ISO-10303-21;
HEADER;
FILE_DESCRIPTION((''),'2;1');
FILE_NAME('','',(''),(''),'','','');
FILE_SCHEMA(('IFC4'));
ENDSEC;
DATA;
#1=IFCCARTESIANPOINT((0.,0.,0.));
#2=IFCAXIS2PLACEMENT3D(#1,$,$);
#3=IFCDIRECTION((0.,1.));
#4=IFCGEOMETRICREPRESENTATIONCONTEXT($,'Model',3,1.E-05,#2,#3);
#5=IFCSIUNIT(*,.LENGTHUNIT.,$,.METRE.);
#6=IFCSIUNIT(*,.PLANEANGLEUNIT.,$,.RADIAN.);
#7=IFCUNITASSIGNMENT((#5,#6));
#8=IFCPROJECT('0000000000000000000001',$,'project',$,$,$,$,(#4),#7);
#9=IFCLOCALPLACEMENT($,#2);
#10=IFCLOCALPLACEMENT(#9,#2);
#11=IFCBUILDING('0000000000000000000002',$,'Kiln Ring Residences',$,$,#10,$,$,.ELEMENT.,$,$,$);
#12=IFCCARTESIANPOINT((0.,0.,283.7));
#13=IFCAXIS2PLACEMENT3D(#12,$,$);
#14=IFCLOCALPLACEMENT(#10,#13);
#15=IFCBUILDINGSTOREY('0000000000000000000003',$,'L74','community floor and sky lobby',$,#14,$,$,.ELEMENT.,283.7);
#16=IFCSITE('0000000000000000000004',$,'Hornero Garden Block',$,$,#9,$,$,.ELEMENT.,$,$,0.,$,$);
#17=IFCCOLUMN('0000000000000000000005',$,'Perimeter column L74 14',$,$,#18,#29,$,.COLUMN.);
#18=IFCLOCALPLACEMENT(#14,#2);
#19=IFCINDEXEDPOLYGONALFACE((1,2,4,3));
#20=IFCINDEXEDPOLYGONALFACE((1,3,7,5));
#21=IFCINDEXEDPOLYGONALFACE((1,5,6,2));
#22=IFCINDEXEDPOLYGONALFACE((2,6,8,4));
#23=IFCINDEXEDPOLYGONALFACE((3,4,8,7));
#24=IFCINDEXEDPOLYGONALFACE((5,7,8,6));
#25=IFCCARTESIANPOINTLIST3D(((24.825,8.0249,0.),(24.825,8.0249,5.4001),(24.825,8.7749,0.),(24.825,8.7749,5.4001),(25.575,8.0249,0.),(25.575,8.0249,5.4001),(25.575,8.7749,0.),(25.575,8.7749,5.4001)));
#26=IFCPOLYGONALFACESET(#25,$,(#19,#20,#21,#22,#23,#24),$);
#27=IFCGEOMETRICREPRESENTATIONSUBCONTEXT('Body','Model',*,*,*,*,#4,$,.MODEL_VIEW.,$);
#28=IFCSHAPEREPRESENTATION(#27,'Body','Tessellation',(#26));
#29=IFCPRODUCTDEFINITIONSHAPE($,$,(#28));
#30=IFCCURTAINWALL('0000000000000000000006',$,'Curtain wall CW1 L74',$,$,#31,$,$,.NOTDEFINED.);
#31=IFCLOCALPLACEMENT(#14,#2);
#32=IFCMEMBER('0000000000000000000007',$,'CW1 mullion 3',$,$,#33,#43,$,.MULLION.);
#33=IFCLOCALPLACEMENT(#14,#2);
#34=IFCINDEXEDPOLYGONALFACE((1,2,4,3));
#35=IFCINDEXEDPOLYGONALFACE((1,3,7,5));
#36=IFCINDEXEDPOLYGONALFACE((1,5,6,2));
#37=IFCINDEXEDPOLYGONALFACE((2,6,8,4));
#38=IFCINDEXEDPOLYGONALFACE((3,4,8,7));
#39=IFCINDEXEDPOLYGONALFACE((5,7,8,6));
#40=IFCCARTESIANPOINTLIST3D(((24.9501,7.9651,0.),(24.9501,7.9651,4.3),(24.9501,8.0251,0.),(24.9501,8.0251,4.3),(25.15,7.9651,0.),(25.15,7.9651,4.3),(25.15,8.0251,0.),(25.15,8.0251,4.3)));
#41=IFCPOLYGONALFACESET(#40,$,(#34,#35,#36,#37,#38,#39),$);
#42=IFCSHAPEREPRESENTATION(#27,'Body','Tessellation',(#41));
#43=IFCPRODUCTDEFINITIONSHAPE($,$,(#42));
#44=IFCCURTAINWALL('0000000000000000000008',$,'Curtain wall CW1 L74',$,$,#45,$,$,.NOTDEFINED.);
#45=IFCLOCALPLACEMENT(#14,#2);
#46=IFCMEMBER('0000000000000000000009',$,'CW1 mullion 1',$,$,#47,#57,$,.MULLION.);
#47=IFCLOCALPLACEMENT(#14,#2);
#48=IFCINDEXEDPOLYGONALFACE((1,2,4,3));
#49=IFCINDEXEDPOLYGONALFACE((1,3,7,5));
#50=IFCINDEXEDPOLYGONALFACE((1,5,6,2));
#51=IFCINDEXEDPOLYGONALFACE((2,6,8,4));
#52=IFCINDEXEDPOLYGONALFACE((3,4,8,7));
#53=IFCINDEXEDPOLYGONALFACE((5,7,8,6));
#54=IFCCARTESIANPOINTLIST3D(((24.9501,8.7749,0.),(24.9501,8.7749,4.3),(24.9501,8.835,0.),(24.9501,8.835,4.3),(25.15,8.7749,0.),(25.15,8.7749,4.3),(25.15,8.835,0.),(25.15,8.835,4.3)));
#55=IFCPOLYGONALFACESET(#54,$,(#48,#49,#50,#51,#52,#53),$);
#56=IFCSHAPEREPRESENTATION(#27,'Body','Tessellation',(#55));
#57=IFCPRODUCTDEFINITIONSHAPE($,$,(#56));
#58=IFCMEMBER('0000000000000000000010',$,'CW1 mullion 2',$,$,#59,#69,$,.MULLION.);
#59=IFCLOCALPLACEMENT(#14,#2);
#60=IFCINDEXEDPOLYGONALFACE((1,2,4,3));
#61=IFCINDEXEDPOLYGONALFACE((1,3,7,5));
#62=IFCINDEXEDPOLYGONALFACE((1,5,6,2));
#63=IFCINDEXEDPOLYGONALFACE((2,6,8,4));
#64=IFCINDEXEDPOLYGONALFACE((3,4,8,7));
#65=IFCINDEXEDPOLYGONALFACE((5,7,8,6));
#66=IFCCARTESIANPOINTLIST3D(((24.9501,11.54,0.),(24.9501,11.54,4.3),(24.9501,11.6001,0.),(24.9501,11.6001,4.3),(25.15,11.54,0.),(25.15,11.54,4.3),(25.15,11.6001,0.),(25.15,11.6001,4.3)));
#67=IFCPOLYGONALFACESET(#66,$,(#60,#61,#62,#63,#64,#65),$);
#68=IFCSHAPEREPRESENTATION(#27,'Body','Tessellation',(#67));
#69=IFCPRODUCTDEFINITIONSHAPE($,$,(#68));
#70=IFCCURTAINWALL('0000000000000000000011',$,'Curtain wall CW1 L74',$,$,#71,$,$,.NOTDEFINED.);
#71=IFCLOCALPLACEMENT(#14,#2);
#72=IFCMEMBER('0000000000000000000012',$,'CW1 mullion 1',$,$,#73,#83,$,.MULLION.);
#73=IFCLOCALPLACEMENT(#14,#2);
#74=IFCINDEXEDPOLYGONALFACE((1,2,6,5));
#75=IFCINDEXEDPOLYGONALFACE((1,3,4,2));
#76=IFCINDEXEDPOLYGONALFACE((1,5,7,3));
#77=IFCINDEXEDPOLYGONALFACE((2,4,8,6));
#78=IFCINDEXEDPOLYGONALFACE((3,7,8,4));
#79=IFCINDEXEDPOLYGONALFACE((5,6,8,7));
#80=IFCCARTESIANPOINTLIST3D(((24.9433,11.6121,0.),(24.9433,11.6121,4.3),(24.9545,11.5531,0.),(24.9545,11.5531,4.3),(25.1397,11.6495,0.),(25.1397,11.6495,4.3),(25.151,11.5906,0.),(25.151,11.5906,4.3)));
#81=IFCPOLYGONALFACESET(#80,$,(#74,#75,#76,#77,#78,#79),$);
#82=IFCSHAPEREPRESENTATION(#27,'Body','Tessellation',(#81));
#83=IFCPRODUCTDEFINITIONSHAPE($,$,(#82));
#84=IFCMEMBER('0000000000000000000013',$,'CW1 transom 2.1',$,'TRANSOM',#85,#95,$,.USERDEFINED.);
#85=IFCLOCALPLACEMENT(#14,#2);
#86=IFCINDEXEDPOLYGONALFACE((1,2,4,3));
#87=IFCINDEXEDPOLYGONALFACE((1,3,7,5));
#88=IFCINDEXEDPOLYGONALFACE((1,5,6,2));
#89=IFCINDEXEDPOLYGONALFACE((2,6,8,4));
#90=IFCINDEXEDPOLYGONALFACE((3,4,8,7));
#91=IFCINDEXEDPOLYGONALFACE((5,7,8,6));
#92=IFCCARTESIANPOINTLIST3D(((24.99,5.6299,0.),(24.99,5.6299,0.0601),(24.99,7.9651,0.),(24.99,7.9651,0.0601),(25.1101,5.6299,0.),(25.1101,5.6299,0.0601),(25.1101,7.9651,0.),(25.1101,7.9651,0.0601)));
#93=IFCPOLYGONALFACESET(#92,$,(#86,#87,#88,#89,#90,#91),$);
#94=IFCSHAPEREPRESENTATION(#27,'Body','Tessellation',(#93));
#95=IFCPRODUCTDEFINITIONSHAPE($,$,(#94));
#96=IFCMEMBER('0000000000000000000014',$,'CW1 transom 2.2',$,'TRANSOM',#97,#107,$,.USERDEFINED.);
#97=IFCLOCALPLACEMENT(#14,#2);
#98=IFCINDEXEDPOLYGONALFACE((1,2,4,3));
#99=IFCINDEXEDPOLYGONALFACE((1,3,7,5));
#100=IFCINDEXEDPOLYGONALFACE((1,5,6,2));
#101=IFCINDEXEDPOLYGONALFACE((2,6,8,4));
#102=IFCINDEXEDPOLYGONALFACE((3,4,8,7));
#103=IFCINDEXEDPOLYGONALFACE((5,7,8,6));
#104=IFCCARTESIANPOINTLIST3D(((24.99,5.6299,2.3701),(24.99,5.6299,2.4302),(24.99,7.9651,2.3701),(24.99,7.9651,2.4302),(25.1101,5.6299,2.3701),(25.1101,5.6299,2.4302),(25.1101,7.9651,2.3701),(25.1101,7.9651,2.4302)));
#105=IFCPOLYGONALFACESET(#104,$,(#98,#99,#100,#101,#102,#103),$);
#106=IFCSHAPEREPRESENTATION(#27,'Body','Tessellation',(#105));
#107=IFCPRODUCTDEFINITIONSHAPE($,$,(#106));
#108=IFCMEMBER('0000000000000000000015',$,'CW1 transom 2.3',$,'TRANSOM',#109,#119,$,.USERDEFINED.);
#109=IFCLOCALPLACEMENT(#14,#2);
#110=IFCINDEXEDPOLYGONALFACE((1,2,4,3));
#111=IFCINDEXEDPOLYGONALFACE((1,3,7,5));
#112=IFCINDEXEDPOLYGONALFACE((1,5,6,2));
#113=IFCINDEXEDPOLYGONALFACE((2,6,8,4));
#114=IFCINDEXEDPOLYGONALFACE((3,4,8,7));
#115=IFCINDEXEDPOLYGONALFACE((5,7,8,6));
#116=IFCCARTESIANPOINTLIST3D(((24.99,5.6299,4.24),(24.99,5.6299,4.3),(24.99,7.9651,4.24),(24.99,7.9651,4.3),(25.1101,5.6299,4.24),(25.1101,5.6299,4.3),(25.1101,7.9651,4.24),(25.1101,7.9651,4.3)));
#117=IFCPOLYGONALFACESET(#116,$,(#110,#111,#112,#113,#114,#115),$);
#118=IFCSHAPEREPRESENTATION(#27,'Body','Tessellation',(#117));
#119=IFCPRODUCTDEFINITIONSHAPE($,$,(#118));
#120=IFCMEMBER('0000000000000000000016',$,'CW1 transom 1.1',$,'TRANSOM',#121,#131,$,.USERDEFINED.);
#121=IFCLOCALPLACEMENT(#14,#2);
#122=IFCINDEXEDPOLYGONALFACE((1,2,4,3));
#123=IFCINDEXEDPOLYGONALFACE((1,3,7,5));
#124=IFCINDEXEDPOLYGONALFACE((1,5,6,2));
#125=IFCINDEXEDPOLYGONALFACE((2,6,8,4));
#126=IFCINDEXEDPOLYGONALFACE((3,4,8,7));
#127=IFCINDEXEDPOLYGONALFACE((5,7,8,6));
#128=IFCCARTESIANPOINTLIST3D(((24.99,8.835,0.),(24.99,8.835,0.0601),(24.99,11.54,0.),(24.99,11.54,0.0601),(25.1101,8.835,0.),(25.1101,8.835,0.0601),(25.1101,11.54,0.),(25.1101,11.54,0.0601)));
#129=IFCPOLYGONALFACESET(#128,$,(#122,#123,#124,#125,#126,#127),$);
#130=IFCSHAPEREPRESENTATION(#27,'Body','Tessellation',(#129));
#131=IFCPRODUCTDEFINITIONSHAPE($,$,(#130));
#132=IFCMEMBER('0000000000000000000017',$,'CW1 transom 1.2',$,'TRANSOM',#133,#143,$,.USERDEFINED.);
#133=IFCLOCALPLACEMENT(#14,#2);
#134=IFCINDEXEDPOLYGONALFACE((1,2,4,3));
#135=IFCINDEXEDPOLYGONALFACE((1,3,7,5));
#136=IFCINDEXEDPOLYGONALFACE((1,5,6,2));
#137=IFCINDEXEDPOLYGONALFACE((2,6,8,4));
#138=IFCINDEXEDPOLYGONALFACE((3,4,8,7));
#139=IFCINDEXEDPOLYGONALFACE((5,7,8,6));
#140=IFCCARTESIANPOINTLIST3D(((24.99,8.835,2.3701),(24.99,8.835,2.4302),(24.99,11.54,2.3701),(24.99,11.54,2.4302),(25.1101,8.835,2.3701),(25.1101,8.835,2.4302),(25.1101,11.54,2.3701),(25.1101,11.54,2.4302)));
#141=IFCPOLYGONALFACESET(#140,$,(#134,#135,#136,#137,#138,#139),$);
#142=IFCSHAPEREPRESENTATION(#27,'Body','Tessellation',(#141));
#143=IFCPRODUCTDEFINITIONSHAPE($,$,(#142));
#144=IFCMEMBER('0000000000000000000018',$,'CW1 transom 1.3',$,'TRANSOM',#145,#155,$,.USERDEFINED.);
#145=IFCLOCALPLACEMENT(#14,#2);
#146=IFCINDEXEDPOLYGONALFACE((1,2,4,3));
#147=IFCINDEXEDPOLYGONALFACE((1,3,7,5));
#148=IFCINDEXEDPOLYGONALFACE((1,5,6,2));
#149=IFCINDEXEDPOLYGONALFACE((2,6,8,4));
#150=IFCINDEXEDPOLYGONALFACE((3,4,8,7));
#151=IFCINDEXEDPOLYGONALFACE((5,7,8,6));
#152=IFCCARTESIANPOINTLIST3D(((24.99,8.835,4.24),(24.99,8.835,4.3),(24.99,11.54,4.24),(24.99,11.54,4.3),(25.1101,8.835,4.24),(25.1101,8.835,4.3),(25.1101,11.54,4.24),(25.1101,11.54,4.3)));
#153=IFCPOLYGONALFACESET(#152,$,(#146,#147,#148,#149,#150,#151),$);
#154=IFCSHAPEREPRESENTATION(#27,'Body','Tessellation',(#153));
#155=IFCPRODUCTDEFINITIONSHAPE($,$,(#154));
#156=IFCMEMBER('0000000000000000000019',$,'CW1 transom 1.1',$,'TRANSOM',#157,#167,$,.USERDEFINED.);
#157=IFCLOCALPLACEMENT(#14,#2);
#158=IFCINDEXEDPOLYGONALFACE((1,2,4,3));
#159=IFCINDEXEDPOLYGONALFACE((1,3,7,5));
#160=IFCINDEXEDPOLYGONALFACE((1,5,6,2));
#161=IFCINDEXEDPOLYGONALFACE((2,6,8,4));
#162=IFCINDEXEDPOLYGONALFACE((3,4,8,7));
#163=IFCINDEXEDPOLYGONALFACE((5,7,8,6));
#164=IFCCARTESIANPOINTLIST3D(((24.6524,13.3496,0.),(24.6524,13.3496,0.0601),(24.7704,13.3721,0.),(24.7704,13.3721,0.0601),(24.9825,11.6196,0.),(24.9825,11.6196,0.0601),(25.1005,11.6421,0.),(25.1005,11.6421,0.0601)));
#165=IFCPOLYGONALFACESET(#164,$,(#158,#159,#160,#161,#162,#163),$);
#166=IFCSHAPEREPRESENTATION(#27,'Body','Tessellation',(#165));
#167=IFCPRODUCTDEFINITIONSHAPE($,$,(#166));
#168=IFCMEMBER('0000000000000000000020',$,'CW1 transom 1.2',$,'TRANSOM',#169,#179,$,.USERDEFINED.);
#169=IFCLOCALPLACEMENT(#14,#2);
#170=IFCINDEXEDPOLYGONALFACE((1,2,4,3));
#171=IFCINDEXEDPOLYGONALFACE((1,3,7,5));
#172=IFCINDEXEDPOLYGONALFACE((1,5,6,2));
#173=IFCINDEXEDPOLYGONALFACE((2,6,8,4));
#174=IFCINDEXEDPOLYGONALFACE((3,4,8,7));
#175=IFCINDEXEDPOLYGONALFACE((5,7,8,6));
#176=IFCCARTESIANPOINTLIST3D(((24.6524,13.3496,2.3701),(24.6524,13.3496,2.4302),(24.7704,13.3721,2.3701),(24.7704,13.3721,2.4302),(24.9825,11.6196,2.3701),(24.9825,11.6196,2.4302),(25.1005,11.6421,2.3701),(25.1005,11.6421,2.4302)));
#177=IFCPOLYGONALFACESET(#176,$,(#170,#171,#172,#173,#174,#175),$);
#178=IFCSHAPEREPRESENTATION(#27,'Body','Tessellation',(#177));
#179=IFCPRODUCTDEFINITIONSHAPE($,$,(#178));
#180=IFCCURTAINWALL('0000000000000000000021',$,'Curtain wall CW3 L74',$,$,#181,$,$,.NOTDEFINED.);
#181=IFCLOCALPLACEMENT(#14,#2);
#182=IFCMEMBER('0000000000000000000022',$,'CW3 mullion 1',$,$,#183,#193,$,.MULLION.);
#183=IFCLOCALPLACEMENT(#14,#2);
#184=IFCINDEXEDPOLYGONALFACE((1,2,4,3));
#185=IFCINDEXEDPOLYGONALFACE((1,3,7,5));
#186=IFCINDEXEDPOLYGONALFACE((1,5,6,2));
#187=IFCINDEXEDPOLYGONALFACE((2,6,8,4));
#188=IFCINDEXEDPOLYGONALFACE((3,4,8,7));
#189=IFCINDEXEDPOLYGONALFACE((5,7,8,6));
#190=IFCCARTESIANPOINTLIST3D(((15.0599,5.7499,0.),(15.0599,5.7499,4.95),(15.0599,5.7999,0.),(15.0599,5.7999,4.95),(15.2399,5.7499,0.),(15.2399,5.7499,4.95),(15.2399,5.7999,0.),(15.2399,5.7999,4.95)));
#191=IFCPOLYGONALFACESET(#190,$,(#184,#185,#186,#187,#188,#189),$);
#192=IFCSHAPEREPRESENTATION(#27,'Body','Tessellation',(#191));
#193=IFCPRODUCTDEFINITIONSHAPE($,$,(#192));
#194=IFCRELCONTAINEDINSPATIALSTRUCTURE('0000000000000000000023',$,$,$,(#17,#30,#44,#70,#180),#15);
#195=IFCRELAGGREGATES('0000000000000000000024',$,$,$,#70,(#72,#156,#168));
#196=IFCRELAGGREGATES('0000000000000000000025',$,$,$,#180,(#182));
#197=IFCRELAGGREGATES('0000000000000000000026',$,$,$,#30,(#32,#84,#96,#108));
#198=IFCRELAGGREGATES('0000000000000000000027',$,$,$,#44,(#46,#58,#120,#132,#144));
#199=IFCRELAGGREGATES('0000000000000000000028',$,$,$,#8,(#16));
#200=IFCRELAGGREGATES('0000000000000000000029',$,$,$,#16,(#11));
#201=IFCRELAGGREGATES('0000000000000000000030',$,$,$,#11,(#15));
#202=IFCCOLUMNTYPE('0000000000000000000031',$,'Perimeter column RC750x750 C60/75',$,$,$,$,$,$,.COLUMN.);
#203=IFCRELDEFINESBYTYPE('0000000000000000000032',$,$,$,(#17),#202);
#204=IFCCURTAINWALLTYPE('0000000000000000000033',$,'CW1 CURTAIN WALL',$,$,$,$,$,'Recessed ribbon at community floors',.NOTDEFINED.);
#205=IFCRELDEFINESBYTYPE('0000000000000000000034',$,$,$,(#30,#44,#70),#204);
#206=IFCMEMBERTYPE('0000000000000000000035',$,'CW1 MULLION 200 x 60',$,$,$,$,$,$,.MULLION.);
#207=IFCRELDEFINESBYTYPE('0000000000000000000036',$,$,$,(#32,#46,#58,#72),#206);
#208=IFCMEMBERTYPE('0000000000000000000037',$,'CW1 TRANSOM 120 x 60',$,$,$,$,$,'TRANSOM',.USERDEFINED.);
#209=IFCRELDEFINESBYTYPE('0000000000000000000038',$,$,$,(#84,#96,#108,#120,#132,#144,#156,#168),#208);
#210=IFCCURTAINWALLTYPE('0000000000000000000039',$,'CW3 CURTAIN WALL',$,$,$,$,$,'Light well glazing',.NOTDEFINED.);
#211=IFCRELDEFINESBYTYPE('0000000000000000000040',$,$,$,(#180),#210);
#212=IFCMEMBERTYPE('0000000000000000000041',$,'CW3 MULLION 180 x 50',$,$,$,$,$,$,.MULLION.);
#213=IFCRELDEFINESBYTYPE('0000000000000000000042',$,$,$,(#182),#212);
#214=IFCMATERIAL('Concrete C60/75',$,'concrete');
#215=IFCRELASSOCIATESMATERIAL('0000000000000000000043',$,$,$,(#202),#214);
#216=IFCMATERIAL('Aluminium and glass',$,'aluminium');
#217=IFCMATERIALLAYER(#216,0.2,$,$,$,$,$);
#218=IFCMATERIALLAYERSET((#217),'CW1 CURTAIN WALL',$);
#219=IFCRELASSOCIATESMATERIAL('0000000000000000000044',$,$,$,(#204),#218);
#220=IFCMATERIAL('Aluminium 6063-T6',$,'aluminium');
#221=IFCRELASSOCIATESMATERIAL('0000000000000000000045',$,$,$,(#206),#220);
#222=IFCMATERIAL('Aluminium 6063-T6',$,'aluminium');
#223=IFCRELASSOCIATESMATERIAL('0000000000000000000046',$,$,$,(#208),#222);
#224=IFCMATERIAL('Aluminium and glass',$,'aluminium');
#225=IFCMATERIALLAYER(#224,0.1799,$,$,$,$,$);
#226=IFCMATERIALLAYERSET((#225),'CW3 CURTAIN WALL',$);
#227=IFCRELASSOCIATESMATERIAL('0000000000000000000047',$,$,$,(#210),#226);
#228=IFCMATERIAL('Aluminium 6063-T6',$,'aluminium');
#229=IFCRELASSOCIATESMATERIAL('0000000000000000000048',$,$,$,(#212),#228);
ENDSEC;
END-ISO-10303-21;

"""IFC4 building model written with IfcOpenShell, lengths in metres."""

from ifc_helpers import new_model, si_unit, direction, frame, origin, origin_2d, place, context, subcontext, project, spatial, rectangle, extrude, material, layer, layer_set, material_profile, profile_set, type_object, element, aggregate, save


model = new_model("IFC4")

# Units and contexts
model_context = context("Model", 3, precision=1e-05, world=origin(), true_north=direction((0.0, 1.0)))
body_context = subcontext(model_context, "Body", "Model", "MODEL_VIEW")
ifc_project = project(units=[si_unit("LENGTHUNIT", "METRE"), si_unit("PLANEANGLEUNIT", "RADIAN")], contexts=[model_context])

# Site, building, storey
site_placement = place(None, origin())
site = spatial("IfcSite", under=ifc_project, at=site_placement, Name="Hornero Garden Block", CompositionType="ELEMENT", RefElevation=0.0)
building_placement = place(site_placement, origin())
building = spatial("IfcBuilding", under=site, at=building_placement, Name="Kiln Ring Residences", CompositionType="ELEMENT")
storey_placement = place(building_placement, frame((0.0, 0.0, 283.7)))
storey = spatial("IfcBuildingStorey", under=building, at=storey_placement, Name="L74", Description="community floor and sky lobby", CompositionType="ELEMENT", Elevation=283.7)

# Column
ifc_material_1 = material(Name="Concrete C60/75", Category="concrete")
ifc_material_profile_1 = material_profile(ifc_material_1, rectangle(XDim=0.75, YDim=0.75, at=origin_2d()), Name="RC750x750")
ifc_profile_set_1 = profile_set([ifc_material_profile_1], Name="Concrete C60/75")
column_type = type_object("IfcColumnType", Name="Perimeter column RC750x750 C60/75", PredefinedType="COLUMN", material=ifc_profile_set_1)
column_placement = place(storey_placement, frame((25.2, 8.3999, 0.0), z_axis=(0.0, 0.0, 1.0), x_axis=(1.0, 0.0, 0.0)))
element("IfcColumn", 1, at=column_placement, inside=storey, type_object=column_type, Name="Perimeter column L74 14", PredefinedType="COLUMN", context=body_context, shape_type="SweptSolid", body=[
    extrude(rectangle(XDim=0.75, YDim=0.75, at=origin_2d()), origin(), (0.0, 0.0, 1.0), 5.4001),
])

# Curtain wall, member
ifc_material_2 = material(Name="Aluminium and glass", Category="aluminium")
ifc_layer_1 = layer(ifc_material_2, 0.2)
ifc_layer_set_1 = layer_set([ifc_layer_1], Name="CW1 CURTAIN WALL")
curtain_wall_type_1 = type_object("IfcCurtainWallType", Name="CW1 CURTAIN WALL", ElementType="Recessed ribbon at community floors", PredefinedType="NOTDEFINED", material=ifc_layer_set_1)
placement = place(storey_placement, origin())
curtain_wall_1 = element("IfcCurtainWall", 2, at=placement, inside=storey, type_object=curtain_wall_type_1, Name="Curtain wall CW1 L74", PredefinedType="NOTDEFINED")
ifc_material_3 = material(Name="Aluminium 6063-T6", Category="aluminium")
ifc_material_profile_2 = material_profile(ifc_material_3, rectangle(XDim=0.2, YDim=0.0601, at=origin_2d()), Name="AL 200x60")
ifc_profile_set_2 = profile_set([ifc_material_profile_2], Name="Aluminium 6063-T6")
member_type_1 = type_object("IfcMemberType", Name="CW1 MULLION 200 x 60", PredefinedType="MULLION", material=ifc_profile_set_2)
member_1_placement = place(storey_placement, frame((25.05, 7.9951, 0.0), z_axis=(0.0, 0.0, 1.0), x_axis=(-1.0, 0.0, 0.0)))
member_1 = element("IfcMember", 3, at=member_1_placement, type_object=member_type_1, Name="CW1 mullion 3", PredefinedType="MULLION", context=body_context, shape_type="SweptSolid", body=[
    extrude(rectangle(XDim=0.2, YDim=0.0601, at=origin_2d()), origin(), (0.0, 0.0, 1.0), 4.3),
])

# Curtain wall, members
curtain_wall_2 = element("IfcCurtainWall", 4, at=placement, inside=storey, type_object=curtain_wall_type_1, Name="Curtain wall CW1 L74", PredefinedType="NOTDEFINED")
member_2_placement = place(storey_placement, frame((25.05, 8.8049, 0.0), z_axis=(0.0, 0.0, 1.0), x_axis=(-1.0, 0.0, 0.0)))
member_2 = element("IfcMember", 5, at=member_2_placement, type_object=member_type_1, Name="CW1 mullion 1", PredefinedType="MULLION", context=body_context, shape_type="SweptSolid", body=[
    extrude(rectangle(XDim=0.2, YDim=0.0601, at=origin_2d()), origin(), (0.0, 0.0, 1.0), 4.3),
])
member_3_placement = place(storey_placement, frame((25.05, 11.5701, 0.0), z_axis=(0.0, 0.0, 1.0), x_axis=(-1.0, 0.0, 0.0)))
member_3 = element("IfcMember", 6, at=member_3_placement, type_object=member_type_1, Name="CW1 mullion 2", PredefinedType="MULLION", context=body_context, shape_type="SweptSolid", body=[
    extrude(rectangle(XDim=0.2, YDim=0.0601, at=origin_2d()), origin(), (0.0, 0.0, 1.0), 4.3),
])

# Curtain wall, member
curtain_wall_3 = element("IfcCurtainWall", 7, at=placement, inside=storey, type_object=curtain_wall_type_1, Name="Curtain wall CW1 L74", PredefinedType="NOTDEFINED")
member_4_placement = place(storey_placement, frame((25.0471, 11.6013, 0.0), z_axis=(0.0, 0.0, 1.0), x_axis=(-0.98229, -0.187366, 0.0)))
member_4 = element("IfcMember", 8, at=member_4_placement, type_object=member_type_1, Name="CW1 mullion 1", PredefinedType="MULLION", context=body_context, shape_type="SweptSolid", body=[
    extrude(rectangle(XDim=0.2, YDim=0.0601, at=origin_2d()), origin(), (0.0, 0.0, 1.0), 4.3),
])

# Members
ifc_material_4 = material(Name="Aluminium 6063-T6", Category="aluminium")
ifc_material_profile_3 = material_profile(ifc_material_4, rectangle(XDim=0.1201, YDim=0.0601, at=origin_2d()), Name="AL 120x60")
ifc_profile_set_3 = profile_set([ifc_material_profile_3], Name="Aluminium 6063-T6")
member_type_2 = type_object("IfcMemberType", Name="CW1 TRANSOM 120 x 60", ElementType="TRANSOM", PredefinedType="USERDEFINED", material=ifc_profile_set_3)
member_5_placement = place(storey_placement, frame((25.05, 5.6299, 0.03), z_axis=(0.0, 1.0, 0.0), x_axis=(-1.0, 0.0, 0.0)))
member_5 = element("IfcMember", 9, at=member_5_placement, type_object=member_type_2, Name="CW1 transom 2.1", ObjectType="TRANSOM", PredefinedType="USERDEFINED", context=body_context, shape_type="SweptSolid", body=[
    extrude(rectangle(XDim=0.1201, YDim=0.0601, at=origin_2d()), origin(), (0.0, 0.0, 1.0), 2.3352),
])
member_6_placement = place(storey_placement, frame((25.05, 5.6299, 2.4001), z_axis=(0.0, 1.0, 0.0), x_axis=(-1.0, 0.0, 0.0)))
member_6 = element("IfcMember", 10, at=member_6_placement, type_object=member_type_2, Name="CW1 transom 2.2", ObjectType="TRANSOM", PredefinedType="USERDEFINED", context=body_context, shape_type="SweptSolid", body=[
    extrude(rectangle(XDim=0.1201, YDim=0.0601, at=origin_2d()), origin(), (0.0, 0.0, 1.0), 2.3352),
])
member_7_placement = place(storey_placement, frame((25.05, 5.6299, 4.27), z_axis=(0.0, 1.0, 0.0), x_axis=(-1.0, 0.0, 0.0)))
member_7 = element("IfcMember", 11, at=member_7_placement, type_object=member_type_2, Name="CW1 transom 2.3", ObjectType="TRANSOM", PredefinedType="USERDEFINED", context=body_context, shape_type="SweptSolid", body=[
    extrude(rectangle(XDim=0.1201, YDim=0.0601, at=origin_2d()), origin(), (0.0, 0.0, 1.0), 2.3352),
])
member_8_placement = place(storey_placement, frame((25.05, 8.835, 0.03), z_axis=(0.0, 1.0, 0.0), x_axis=(-1.0, 0.0, 0.0)))
member_8 = element("IfcMember", 12, at=member_8_placement, type_object=member_type_2, Name="CW1 transom 1.1", ObjectType="TRANSOM", PredefinedType="USERDEFINED", context=body_context, shape_type="SweptSolid", body=[
    extrude(rectangle(XDim=0.1201, YDim=0.0601, at=origin_2d()), origin(), (0.0, 0.0, 1.0), 2.7051),
])
member_9_placement = place(storey_placement, frame((25.05, 8.835, 2.4001), z_axis=(0.0, 1.0, 0.0), x_axis=(-1.0, 0.0, 0.0)))
member_9 = element("IfcMember", 13, at=member_9_placement, type_object=member_type_2, Name="CW1 transom 1.2", ObjectType="TRANSOM", PredefinedType="USERDEFINED", context=body_context, shape_type="SweptSolid", body=[
    extrude(rectangle(XDim=0.1201, YDim=0.0601, at=origin_2d()), origin(), (0.0, 0.0, 1.0), 2.7051),
])
member_10_placement = place(storey_placement, frame((25.05, 8.835, 4.27), z_axis=(0.0, 1.0, 0.0), x_axis=(-1.0, 0.0, 0.0)))
member_10 = element("IfcMember", 14, at=member_10_placement, type_object=member_type_2, Name="CW1 transom 1.3", ObjectType="TRANSOM", PredefinedType="USERDEFINED", context=body_context, shape_type="SweptSolid", body=[
    extrude(rectangle(XDim=0.1201, YDim=0.0601, at=origin_2d()), origin(), (0.0, 0.0, 1.0), 2.7051),
])
member_11_placement = place(storey_placement, frame((25.0415, 11.6309, 0.03), z_axis=(-0.187418, 0.98228, 0.0), x_axis=(-0.98228, -0.187418, 0.0)))
member_11 = element("IfcMember", 15, at=member_11_placement, type_object=member_type_2, Name="CW1 transom 1.1", ObjectType="TRANSOM", PredefinedType="USERDEFINED", context=body_context, shape_type="SweptSolid", body=[
    extrude(rectangle(XDim=0.1201, YDim=0.0601, at=origin_2d()), origin(), (0.0, 0.0, 1.0), 1.7612),
])
member_12_placement = place(storey_placement, frame((25.0415, 11.6309, 2.4001), z_axis=(-0.187418, 0.98228, 0.0), x_axis=(-0.98228, -0.187418, 0.0)))
member_12 = element("IfcMember", 16, at=member_12_placement, type_object=member_type_2, Name="CW1 transom 1.2", ObjectType="TRANSOM", PredefinedType="USERDEFINED", context=body_context, shape_type="SweptSolid", body=[
    extrude(rectangle(XDim=0.1201, YDim=0.0601, at=origin_2d()), origin(), (0.0, 0.0, 1.0), 1.7612),
])
aggregate(curtain_wall_3, [member_4, member_11, member_12])

# Curtain wall, member
ifc_material_5 = material(Name="Aluminium and glass", Category="aluminium")
ifc_layer_2 = layer(ifc_material_5, 0.1799)
ifc_layer_set_2 = layer_set([ifc_layer_2], Name="CW3 CURTAIN WALL")
curtain_wall_type_2 = type_object("IfcCurtainWallType", Name="CW3 CURTAIN WALL", ElementType="Light well glazing", PredefinedType="NOTDEFINED", material=ifc_layer_set_2)
curtain_wall_4 = element("IfcCurtainWall", 17, at=placement, inside=storey, type_object=curtain_wall_type_2, Name="Curtain wall CW3 L74", PredefinedType="NOTDEFINED")
ifc_material_6 = material(Name="Aluminium 6063-T6", Category="aluminium")
ifc_material_profile_4 = material_profile(ifc_material_6, rectangle(XDim=0.1799, YDim=0.05, at=origin_2d()), Name="AL 180x50")
ifc_profile_set_4 = profile_set([ifc_material_profile_4], Name="Aluminium 6063-T6")
member_type_3 = type_object("IfcMemberType", Name="CW3 MULLION 180 x 50", PredefinedType="MULLION", material=ifc_profile_set_4)
member_13_placement = place(storey_placement, frame((15.1499, 5.7749, 0.0), z_axis=(0.0, 0.0, 1.0), x_axis=(1.0, 0.0, 0.0)))
member_13 = element("IfcMember", 18, at=member_13_placement, type_object=member_type_3, Name="CW3 mullion 1", PredefinedType="MULLION", context=body_context, shape_type="SweptSolid", body=[
    extrude(rectangle(XDim=0.1799, YDim=0.05, at=origin_2d()), origin(), (0.0, 0.0, 1.0), 4.95),
])
aggregate(curtain_wall_4, [member_13])

aggregate(curtain_wall_1, [member_1, member_5, member_6, member_7])
aggregate(curtain_wall_2, [member_2, member_3, member_8, member_9, member_10])

save(model, "model.ifc")
